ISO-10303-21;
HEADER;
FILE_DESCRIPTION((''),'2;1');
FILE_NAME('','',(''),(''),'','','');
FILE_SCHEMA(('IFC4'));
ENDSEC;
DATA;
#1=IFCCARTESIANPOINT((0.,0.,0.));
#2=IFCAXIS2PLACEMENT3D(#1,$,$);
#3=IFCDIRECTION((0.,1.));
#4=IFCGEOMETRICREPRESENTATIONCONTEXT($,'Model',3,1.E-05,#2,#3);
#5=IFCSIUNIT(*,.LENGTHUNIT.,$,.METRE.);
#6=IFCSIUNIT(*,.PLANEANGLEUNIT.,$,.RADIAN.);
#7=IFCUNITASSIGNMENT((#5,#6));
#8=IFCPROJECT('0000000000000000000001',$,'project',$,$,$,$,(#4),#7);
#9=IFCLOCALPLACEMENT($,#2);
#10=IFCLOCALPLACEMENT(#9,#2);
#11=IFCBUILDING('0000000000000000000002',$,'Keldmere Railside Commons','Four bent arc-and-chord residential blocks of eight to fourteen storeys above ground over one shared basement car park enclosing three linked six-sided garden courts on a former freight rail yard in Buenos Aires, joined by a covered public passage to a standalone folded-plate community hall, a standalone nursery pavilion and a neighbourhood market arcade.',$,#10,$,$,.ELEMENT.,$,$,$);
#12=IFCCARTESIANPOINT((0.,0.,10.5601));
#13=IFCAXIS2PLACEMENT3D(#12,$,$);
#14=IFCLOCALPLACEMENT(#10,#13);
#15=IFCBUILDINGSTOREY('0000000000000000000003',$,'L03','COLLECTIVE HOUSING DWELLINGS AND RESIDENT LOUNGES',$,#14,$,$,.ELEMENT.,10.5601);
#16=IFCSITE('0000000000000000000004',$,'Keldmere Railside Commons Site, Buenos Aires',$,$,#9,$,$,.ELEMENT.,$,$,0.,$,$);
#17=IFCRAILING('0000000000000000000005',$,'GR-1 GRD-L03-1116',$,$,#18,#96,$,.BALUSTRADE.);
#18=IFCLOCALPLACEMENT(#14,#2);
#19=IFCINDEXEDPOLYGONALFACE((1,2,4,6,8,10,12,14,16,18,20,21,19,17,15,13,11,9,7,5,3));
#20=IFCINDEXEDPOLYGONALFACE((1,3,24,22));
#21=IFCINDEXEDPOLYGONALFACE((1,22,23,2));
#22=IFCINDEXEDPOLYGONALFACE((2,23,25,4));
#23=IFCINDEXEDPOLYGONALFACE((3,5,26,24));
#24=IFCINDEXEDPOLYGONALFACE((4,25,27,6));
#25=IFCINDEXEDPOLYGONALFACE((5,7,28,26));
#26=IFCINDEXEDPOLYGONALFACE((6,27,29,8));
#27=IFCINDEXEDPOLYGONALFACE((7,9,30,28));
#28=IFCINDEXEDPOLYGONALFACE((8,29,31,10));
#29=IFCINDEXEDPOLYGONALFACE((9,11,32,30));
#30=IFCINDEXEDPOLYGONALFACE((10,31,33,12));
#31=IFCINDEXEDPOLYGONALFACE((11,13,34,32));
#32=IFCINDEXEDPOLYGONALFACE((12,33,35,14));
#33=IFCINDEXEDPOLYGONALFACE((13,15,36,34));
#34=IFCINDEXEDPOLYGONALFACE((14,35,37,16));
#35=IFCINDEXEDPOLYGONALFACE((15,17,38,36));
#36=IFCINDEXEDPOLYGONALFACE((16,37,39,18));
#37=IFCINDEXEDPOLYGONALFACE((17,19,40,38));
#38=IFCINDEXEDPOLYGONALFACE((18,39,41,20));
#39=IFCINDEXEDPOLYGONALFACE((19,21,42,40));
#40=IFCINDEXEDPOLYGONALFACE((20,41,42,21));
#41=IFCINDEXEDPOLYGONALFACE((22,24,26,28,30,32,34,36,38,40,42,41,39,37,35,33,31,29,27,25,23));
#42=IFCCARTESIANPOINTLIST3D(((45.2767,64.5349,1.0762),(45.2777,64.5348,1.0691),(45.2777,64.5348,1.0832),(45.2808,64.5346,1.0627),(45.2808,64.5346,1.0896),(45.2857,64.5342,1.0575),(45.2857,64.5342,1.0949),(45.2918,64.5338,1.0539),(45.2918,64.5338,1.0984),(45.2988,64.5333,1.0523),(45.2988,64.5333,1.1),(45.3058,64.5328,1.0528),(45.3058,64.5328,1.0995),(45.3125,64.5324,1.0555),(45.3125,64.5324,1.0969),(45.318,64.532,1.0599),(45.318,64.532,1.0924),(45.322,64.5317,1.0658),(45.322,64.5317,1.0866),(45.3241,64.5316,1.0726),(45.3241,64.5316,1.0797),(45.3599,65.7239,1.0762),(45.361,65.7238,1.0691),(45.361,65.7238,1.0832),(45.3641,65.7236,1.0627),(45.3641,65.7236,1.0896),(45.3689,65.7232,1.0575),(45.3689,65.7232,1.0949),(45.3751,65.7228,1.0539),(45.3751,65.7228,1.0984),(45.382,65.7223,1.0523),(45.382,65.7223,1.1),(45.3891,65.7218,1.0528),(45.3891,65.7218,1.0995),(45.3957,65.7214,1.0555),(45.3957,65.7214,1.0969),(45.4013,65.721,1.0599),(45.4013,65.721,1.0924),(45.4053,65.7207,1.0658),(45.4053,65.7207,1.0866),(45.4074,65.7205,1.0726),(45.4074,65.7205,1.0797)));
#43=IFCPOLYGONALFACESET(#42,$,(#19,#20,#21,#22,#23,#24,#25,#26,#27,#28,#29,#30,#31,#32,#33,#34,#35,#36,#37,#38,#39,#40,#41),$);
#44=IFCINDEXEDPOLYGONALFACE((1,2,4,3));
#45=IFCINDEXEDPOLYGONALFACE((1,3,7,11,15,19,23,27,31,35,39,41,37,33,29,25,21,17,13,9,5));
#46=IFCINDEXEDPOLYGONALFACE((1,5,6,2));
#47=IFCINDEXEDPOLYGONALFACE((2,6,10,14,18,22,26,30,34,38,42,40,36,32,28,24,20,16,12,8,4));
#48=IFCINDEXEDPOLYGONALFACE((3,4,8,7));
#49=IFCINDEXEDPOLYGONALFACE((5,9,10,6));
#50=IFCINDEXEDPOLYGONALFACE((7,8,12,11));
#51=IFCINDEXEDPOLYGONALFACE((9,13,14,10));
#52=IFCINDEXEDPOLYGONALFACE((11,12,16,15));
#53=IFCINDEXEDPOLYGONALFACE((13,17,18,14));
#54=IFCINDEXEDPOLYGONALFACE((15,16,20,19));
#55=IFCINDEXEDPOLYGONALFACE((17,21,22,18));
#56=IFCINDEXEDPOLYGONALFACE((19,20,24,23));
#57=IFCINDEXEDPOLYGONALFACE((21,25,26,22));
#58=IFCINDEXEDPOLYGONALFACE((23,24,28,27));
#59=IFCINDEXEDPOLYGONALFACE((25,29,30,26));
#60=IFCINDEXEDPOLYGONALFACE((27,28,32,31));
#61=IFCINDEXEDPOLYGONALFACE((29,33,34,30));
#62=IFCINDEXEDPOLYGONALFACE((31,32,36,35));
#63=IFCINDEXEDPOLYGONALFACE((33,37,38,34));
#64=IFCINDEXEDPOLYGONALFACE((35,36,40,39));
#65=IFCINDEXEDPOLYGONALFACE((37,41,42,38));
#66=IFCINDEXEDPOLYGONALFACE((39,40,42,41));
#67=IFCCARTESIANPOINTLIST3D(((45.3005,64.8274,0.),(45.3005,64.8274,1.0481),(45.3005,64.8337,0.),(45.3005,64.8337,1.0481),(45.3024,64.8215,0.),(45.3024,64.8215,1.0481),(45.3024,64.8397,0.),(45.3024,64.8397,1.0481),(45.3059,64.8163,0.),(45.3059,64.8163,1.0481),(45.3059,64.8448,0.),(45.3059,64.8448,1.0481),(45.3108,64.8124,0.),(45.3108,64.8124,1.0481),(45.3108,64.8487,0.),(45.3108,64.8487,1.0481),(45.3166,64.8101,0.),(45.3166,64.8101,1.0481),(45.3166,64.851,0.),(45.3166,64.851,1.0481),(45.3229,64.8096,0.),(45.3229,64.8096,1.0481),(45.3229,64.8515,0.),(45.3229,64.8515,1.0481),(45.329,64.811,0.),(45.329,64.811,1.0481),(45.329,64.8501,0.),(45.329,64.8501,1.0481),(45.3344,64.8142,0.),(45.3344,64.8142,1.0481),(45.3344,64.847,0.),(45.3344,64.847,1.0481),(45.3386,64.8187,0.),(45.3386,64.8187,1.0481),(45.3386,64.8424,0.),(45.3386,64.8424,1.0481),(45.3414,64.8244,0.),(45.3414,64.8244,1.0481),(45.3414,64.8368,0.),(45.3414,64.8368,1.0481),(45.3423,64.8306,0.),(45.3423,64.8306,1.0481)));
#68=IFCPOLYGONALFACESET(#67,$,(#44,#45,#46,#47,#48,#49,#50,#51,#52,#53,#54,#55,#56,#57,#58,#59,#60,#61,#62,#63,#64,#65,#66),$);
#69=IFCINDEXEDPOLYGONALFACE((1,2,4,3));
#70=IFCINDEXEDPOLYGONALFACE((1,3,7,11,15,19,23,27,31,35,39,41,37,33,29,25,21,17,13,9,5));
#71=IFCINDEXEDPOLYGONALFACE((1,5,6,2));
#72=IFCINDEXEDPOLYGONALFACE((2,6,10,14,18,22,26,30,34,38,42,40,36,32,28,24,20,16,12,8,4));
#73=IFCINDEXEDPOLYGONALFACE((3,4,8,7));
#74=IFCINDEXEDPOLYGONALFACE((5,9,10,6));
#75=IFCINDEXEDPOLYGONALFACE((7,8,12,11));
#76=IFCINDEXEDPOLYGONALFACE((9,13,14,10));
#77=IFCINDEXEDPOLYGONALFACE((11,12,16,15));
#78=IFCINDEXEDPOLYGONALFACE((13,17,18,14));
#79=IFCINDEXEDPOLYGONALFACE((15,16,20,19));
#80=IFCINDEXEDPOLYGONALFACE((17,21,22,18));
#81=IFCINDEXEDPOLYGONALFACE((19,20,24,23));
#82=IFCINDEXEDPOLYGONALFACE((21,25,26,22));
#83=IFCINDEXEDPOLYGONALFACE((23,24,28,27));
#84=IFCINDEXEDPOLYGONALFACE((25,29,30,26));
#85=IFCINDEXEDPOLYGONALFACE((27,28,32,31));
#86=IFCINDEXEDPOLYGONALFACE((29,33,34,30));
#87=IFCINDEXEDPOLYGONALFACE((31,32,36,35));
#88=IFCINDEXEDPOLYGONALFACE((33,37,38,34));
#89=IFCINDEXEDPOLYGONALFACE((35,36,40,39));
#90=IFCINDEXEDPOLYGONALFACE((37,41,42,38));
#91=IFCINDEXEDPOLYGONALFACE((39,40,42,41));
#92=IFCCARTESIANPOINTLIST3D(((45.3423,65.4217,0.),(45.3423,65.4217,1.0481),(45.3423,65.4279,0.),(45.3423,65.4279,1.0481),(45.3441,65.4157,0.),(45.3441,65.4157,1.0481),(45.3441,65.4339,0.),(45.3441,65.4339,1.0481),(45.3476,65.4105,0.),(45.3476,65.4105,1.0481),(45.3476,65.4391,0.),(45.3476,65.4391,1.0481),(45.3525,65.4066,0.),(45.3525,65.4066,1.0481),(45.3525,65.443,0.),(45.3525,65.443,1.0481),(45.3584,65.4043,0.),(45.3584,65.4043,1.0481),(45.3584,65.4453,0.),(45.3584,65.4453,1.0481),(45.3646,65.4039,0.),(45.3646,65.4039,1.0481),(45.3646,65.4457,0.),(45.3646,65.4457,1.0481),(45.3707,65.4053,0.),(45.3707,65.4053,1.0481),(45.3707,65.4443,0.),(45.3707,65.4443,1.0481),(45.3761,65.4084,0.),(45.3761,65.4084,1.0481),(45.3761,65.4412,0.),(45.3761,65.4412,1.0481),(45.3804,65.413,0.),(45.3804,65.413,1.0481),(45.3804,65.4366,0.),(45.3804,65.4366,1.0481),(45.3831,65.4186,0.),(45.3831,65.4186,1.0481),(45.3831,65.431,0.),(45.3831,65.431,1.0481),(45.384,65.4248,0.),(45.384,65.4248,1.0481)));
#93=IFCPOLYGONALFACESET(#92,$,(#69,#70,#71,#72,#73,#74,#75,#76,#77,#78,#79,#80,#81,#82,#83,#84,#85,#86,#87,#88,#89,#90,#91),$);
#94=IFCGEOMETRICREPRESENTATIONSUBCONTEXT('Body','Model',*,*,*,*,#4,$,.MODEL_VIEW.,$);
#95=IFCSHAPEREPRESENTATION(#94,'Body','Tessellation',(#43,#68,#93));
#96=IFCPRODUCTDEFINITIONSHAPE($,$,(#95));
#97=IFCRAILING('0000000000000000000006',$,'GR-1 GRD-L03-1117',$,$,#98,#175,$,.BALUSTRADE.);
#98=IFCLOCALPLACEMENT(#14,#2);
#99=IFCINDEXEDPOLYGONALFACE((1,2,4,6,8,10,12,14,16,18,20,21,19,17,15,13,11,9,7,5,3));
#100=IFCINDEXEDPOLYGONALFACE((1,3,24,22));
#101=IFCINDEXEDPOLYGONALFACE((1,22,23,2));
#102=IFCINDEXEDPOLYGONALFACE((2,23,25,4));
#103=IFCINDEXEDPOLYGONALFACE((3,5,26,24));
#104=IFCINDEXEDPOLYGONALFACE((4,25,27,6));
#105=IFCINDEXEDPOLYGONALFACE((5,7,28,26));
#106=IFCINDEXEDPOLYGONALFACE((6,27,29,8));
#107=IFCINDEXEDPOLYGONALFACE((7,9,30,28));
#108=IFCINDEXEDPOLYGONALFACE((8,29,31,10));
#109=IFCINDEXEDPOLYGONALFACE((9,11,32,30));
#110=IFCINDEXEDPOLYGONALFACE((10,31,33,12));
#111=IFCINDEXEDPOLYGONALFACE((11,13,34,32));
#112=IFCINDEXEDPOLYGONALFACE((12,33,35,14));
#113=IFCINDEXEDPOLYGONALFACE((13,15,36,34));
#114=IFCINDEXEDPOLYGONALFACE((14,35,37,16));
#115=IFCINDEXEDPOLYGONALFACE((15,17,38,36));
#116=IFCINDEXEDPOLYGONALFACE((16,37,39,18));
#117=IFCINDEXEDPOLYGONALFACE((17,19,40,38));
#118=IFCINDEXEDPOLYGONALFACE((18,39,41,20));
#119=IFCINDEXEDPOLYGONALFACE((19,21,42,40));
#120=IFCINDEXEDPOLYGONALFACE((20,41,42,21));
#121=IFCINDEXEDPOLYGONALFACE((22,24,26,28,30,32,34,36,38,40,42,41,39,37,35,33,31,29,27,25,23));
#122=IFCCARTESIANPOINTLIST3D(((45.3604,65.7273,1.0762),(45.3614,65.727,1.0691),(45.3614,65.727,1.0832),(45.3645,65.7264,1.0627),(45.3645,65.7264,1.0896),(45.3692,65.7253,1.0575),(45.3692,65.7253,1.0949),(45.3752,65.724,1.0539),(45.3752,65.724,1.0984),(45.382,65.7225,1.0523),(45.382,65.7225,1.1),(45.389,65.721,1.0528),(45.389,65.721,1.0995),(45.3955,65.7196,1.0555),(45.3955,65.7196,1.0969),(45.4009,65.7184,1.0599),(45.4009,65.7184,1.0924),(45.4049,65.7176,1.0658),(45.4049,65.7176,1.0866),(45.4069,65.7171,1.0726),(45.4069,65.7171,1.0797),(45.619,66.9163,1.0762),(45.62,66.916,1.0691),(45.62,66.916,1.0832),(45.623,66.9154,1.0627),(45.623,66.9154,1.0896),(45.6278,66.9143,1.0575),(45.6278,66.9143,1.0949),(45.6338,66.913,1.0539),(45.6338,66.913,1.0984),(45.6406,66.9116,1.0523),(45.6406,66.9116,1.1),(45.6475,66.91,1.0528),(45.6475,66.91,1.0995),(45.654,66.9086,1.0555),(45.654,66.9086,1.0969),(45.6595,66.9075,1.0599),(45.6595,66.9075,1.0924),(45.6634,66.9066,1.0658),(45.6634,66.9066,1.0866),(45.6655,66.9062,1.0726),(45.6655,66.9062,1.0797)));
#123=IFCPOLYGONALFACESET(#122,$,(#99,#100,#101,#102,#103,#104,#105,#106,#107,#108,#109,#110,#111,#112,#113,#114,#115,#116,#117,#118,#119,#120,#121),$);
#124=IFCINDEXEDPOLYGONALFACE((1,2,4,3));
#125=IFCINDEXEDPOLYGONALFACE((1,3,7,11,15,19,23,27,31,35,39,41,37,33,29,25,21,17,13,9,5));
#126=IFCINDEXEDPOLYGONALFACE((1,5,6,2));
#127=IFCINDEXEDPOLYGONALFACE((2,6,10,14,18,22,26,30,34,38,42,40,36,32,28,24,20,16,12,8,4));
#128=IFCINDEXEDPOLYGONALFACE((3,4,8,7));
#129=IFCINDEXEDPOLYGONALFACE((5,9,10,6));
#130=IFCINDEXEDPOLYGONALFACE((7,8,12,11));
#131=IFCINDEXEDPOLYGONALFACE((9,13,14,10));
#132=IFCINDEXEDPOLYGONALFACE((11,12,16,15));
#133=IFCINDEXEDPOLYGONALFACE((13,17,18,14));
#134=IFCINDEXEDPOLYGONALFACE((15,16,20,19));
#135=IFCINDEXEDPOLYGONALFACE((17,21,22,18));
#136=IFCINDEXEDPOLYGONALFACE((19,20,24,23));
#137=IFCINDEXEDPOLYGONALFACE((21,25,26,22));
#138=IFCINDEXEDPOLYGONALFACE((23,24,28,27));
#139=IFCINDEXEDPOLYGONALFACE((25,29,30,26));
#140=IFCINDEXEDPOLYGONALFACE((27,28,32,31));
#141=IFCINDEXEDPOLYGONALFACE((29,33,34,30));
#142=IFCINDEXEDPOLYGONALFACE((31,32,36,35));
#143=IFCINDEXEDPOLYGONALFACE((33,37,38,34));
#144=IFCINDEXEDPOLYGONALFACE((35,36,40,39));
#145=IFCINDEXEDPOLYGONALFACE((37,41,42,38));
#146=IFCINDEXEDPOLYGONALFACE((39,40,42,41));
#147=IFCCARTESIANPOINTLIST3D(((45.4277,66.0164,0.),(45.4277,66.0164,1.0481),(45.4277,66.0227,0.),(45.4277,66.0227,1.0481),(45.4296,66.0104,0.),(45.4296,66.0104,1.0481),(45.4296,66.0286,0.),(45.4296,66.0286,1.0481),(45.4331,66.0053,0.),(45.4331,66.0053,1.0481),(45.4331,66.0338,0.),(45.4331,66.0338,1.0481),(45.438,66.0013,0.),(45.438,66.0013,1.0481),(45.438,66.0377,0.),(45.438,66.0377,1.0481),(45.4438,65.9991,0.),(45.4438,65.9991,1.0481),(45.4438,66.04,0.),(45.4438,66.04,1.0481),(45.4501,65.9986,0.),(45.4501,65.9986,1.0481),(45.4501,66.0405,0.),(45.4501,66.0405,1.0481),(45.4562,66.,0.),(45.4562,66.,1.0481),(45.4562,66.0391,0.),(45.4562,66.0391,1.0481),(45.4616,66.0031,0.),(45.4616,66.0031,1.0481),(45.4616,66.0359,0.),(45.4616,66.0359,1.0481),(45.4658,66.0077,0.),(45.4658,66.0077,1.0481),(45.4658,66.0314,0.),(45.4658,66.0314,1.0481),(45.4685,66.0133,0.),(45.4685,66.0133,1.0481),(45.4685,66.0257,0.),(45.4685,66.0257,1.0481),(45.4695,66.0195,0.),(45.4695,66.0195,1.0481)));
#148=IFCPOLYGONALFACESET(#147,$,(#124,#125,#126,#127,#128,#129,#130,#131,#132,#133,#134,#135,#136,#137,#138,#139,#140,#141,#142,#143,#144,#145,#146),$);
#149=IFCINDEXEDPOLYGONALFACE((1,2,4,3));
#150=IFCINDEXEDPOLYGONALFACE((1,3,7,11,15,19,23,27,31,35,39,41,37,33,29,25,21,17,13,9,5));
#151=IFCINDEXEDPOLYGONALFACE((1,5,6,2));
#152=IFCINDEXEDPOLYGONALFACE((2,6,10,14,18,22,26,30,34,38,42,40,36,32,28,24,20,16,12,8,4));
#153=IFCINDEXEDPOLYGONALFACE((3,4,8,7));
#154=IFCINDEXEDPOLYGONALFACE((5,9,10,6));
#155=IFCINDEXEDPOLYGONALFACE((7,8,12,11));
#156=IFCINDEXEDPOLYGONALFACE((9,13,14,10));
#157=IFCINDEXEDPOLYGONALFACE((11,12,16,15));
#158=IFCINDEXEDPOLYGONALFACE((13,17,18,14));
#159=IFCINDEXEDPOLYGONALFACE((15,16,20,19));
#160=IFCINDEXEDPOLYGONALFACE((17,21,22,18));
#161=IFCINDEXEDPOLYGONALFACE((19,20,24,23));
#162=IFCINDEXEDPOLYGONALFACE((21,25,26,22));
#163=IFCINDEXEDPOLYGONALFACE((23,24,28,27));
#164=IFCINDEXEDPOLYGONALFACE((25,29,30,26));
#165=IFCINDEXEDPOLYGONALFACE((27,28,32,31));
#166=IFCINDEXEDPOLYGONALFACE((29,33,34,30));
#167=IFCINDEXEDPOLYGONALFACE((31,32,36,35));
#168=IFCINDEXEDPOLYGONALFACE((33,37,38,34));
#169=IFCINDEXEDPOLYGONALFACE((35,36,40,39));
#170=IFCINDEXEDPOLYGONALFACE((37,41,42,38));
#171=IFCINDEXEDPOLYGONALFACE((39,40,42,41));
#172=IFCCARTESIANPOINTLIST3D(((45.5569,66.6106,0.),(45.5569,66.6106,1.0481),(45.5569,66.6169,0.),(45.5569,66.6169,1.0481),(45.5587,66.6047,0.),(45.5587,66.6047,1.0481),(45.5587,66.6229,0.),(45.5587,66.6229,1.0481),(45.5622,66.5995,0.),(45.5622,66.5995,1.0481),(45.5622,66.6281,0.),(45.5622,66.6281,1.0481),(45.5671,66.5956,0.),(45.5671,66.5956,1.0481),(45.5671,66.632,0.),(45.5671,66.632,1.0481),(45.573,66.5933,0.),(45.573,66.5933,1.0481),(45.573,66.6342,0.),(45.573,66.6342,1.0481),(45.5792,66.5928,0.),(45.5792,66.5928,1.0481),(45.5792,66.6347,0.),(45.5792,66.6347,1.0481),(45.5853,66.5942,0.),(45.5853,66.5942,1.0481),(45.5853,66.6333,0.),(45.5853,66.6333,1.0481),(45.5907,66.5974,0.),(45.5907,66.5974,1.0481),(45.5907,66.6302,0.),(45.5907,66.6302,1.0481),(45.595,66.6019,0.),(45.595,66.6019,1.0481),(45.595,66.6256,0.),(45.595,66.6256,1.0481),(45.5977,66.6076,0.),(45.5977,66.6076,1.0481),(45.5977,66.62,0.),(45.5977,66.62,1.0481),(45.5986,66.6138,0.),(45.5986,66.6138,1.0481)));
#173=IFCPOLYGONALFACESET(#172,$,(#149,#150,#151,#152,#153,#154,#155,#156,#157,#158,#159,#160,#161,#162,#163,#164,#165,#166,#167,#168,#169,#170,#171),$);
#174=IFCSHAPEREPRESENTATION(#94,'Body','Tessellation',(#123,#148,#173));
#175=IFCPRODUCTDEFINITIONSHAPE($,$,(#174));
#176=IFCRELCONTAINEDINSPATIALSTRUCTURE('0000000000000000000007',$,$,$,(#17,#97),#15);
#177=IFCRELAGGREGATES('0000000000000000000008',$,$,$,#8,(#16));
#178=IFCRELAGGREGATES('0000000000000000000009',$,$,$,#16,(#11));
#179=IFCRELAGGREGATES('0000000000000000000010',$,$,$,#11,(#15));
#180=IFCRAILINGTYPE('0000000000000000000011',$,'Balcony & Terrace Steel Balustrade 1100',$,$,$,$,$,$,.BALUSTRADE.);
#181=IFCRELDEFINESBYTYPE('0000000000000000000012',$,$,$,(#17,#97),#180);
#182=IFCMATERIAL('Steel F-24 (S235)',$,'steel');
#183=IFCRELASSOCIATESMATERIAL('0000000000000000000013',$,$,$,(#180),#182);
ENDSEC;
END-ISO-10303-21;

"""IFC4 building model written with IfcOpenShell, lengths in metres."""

from ifc_helpers import new_model, si_unit, direction, frame, origin, origin_2d, place, context, subcontext, project, spatial, circle, extrude, material, type_object, element, save


model = new_model("IFC4")

# Units and contexts
model_context = context("Model", 3, precision=1e-05, world=origin(), true_north=direction((0.0, 1.0)))
body_context = subcontext(model_context, "Body", "Model", "MODEL_VIEW")
ifc_project = project(units=[si_unit("LENGTHUNIT", "METRE"), si_unit("PLANEANGLEUNIT", "RADIAN")], contexts=[model_context])

# Site, building, storey
site_placement = place(None, origin())
site = spatial("IfcSite", under=ifc_project, at=site_placement, Name="Keldmere Railside Commons Site, Buenos Aires", CompositionType="ELEMENT", RefElevation=0.0)
building_placement = place(site_placement, origin())
building = spatial("IfcBuilding", under=site, at=building_placement, Name="Keldmere Railside Commons", Description="Four bent arc-and-chord residential blocks of eight to fourteen storeys above ground over one shared basement car park enclosing three linked six-sided garden courts on a former freight rail yard in Buenos Aires, joined by a covered public passage to a standalone folded-plate community hall, a standalone nursery pavilion and a neighbourhood market arcade.", CompositionType="ELEMENT")
storey_placement = place(building_placement, frame((0.0, 0.0, 10.5601)))
storey = spatial("IfcBuildingStorey", under=building, at=storey_placement, Name="L03", Description="COLLECTIVE HOUSING DWELLINGS AND RESIDENT LOUNGES", CompositionType="ELEMENT", Elevation=10.5601)

# Railings
ifc_material_1 = material(Name="Steel F-24 (S235)", Category="steel")
railing_type_1 = type_object("IfcRailingType", Name="Balcony & Terrace Steel Balustrade 1100", PredefinedType="BALUSTRADE", material=ifc_material_1)
railing_1_placement = place(storey_placement, frame((45.3005, 64.5332, 0.0)))
element("IfcRailing", 1, at=railing_1_placement, inside=storey, type_object=railing_type_1, Name="GR-1 GRD-L03-1116", PredefinedType="BALUSTRADE", context=body_context, shape_type="SweptSolid", body=[
    extrude(circle(Radius=0.0239, at=origin_2d()), frame((0.0, 0.0, 1.0762), z_axis=(0.06985, 0.997558, 0.0), x_axis=(-0.997558, 0.06985, 0.0)), (0.0, 0.0, 1.0), 1.1919),
    extrude(circle(Radius=0.021, at=origin_2d()), frame((0.0208, 0.2974, 0.0)), (0.0, 0.0, 1.0), 1.0481),
    extrude(circle(Radius=0.021, at=origin_2d()), frame((0.0625, 0.8916, 0.0)), (0.0, 0.0, 1.0), 1.0481),
])
railing_2_placement = place(storey_placement, frame((45.3838, 65.7222, 0.0)))
element("IfcRailing", 2, at=railing_2_placement, inside=storey, type_object=railing_type_1, Name="GR-1 GRD-L03-1117", PredefinedType="BALUSTRADE", context=body_context, shape_type="SweptSolid", body=[
    extrude(circle(Radius=0.0239, at=origin_2d()), frame((0.0, 0.0, 1.0762), z_axis=(0.212488, 0.977164, 0.0), x_axis=(-0.977164, 0.212488, 0.0)), (0.0, 0.0, 1.0), 1.2168),
    extrude(circle(Radius=0.021, at=origin_2d()), frame((0.0647, 0.2974, 0.0)), (0.0, 0.0, 1.0), 1.0481),
    extrude(circle(Radius=0.021, at=origin_2d()), frame((0.1938, 0.8916, 0.0)), (0.0, 0.0, 1.0), 1.0481),
])

save(model, "model.ifc")
